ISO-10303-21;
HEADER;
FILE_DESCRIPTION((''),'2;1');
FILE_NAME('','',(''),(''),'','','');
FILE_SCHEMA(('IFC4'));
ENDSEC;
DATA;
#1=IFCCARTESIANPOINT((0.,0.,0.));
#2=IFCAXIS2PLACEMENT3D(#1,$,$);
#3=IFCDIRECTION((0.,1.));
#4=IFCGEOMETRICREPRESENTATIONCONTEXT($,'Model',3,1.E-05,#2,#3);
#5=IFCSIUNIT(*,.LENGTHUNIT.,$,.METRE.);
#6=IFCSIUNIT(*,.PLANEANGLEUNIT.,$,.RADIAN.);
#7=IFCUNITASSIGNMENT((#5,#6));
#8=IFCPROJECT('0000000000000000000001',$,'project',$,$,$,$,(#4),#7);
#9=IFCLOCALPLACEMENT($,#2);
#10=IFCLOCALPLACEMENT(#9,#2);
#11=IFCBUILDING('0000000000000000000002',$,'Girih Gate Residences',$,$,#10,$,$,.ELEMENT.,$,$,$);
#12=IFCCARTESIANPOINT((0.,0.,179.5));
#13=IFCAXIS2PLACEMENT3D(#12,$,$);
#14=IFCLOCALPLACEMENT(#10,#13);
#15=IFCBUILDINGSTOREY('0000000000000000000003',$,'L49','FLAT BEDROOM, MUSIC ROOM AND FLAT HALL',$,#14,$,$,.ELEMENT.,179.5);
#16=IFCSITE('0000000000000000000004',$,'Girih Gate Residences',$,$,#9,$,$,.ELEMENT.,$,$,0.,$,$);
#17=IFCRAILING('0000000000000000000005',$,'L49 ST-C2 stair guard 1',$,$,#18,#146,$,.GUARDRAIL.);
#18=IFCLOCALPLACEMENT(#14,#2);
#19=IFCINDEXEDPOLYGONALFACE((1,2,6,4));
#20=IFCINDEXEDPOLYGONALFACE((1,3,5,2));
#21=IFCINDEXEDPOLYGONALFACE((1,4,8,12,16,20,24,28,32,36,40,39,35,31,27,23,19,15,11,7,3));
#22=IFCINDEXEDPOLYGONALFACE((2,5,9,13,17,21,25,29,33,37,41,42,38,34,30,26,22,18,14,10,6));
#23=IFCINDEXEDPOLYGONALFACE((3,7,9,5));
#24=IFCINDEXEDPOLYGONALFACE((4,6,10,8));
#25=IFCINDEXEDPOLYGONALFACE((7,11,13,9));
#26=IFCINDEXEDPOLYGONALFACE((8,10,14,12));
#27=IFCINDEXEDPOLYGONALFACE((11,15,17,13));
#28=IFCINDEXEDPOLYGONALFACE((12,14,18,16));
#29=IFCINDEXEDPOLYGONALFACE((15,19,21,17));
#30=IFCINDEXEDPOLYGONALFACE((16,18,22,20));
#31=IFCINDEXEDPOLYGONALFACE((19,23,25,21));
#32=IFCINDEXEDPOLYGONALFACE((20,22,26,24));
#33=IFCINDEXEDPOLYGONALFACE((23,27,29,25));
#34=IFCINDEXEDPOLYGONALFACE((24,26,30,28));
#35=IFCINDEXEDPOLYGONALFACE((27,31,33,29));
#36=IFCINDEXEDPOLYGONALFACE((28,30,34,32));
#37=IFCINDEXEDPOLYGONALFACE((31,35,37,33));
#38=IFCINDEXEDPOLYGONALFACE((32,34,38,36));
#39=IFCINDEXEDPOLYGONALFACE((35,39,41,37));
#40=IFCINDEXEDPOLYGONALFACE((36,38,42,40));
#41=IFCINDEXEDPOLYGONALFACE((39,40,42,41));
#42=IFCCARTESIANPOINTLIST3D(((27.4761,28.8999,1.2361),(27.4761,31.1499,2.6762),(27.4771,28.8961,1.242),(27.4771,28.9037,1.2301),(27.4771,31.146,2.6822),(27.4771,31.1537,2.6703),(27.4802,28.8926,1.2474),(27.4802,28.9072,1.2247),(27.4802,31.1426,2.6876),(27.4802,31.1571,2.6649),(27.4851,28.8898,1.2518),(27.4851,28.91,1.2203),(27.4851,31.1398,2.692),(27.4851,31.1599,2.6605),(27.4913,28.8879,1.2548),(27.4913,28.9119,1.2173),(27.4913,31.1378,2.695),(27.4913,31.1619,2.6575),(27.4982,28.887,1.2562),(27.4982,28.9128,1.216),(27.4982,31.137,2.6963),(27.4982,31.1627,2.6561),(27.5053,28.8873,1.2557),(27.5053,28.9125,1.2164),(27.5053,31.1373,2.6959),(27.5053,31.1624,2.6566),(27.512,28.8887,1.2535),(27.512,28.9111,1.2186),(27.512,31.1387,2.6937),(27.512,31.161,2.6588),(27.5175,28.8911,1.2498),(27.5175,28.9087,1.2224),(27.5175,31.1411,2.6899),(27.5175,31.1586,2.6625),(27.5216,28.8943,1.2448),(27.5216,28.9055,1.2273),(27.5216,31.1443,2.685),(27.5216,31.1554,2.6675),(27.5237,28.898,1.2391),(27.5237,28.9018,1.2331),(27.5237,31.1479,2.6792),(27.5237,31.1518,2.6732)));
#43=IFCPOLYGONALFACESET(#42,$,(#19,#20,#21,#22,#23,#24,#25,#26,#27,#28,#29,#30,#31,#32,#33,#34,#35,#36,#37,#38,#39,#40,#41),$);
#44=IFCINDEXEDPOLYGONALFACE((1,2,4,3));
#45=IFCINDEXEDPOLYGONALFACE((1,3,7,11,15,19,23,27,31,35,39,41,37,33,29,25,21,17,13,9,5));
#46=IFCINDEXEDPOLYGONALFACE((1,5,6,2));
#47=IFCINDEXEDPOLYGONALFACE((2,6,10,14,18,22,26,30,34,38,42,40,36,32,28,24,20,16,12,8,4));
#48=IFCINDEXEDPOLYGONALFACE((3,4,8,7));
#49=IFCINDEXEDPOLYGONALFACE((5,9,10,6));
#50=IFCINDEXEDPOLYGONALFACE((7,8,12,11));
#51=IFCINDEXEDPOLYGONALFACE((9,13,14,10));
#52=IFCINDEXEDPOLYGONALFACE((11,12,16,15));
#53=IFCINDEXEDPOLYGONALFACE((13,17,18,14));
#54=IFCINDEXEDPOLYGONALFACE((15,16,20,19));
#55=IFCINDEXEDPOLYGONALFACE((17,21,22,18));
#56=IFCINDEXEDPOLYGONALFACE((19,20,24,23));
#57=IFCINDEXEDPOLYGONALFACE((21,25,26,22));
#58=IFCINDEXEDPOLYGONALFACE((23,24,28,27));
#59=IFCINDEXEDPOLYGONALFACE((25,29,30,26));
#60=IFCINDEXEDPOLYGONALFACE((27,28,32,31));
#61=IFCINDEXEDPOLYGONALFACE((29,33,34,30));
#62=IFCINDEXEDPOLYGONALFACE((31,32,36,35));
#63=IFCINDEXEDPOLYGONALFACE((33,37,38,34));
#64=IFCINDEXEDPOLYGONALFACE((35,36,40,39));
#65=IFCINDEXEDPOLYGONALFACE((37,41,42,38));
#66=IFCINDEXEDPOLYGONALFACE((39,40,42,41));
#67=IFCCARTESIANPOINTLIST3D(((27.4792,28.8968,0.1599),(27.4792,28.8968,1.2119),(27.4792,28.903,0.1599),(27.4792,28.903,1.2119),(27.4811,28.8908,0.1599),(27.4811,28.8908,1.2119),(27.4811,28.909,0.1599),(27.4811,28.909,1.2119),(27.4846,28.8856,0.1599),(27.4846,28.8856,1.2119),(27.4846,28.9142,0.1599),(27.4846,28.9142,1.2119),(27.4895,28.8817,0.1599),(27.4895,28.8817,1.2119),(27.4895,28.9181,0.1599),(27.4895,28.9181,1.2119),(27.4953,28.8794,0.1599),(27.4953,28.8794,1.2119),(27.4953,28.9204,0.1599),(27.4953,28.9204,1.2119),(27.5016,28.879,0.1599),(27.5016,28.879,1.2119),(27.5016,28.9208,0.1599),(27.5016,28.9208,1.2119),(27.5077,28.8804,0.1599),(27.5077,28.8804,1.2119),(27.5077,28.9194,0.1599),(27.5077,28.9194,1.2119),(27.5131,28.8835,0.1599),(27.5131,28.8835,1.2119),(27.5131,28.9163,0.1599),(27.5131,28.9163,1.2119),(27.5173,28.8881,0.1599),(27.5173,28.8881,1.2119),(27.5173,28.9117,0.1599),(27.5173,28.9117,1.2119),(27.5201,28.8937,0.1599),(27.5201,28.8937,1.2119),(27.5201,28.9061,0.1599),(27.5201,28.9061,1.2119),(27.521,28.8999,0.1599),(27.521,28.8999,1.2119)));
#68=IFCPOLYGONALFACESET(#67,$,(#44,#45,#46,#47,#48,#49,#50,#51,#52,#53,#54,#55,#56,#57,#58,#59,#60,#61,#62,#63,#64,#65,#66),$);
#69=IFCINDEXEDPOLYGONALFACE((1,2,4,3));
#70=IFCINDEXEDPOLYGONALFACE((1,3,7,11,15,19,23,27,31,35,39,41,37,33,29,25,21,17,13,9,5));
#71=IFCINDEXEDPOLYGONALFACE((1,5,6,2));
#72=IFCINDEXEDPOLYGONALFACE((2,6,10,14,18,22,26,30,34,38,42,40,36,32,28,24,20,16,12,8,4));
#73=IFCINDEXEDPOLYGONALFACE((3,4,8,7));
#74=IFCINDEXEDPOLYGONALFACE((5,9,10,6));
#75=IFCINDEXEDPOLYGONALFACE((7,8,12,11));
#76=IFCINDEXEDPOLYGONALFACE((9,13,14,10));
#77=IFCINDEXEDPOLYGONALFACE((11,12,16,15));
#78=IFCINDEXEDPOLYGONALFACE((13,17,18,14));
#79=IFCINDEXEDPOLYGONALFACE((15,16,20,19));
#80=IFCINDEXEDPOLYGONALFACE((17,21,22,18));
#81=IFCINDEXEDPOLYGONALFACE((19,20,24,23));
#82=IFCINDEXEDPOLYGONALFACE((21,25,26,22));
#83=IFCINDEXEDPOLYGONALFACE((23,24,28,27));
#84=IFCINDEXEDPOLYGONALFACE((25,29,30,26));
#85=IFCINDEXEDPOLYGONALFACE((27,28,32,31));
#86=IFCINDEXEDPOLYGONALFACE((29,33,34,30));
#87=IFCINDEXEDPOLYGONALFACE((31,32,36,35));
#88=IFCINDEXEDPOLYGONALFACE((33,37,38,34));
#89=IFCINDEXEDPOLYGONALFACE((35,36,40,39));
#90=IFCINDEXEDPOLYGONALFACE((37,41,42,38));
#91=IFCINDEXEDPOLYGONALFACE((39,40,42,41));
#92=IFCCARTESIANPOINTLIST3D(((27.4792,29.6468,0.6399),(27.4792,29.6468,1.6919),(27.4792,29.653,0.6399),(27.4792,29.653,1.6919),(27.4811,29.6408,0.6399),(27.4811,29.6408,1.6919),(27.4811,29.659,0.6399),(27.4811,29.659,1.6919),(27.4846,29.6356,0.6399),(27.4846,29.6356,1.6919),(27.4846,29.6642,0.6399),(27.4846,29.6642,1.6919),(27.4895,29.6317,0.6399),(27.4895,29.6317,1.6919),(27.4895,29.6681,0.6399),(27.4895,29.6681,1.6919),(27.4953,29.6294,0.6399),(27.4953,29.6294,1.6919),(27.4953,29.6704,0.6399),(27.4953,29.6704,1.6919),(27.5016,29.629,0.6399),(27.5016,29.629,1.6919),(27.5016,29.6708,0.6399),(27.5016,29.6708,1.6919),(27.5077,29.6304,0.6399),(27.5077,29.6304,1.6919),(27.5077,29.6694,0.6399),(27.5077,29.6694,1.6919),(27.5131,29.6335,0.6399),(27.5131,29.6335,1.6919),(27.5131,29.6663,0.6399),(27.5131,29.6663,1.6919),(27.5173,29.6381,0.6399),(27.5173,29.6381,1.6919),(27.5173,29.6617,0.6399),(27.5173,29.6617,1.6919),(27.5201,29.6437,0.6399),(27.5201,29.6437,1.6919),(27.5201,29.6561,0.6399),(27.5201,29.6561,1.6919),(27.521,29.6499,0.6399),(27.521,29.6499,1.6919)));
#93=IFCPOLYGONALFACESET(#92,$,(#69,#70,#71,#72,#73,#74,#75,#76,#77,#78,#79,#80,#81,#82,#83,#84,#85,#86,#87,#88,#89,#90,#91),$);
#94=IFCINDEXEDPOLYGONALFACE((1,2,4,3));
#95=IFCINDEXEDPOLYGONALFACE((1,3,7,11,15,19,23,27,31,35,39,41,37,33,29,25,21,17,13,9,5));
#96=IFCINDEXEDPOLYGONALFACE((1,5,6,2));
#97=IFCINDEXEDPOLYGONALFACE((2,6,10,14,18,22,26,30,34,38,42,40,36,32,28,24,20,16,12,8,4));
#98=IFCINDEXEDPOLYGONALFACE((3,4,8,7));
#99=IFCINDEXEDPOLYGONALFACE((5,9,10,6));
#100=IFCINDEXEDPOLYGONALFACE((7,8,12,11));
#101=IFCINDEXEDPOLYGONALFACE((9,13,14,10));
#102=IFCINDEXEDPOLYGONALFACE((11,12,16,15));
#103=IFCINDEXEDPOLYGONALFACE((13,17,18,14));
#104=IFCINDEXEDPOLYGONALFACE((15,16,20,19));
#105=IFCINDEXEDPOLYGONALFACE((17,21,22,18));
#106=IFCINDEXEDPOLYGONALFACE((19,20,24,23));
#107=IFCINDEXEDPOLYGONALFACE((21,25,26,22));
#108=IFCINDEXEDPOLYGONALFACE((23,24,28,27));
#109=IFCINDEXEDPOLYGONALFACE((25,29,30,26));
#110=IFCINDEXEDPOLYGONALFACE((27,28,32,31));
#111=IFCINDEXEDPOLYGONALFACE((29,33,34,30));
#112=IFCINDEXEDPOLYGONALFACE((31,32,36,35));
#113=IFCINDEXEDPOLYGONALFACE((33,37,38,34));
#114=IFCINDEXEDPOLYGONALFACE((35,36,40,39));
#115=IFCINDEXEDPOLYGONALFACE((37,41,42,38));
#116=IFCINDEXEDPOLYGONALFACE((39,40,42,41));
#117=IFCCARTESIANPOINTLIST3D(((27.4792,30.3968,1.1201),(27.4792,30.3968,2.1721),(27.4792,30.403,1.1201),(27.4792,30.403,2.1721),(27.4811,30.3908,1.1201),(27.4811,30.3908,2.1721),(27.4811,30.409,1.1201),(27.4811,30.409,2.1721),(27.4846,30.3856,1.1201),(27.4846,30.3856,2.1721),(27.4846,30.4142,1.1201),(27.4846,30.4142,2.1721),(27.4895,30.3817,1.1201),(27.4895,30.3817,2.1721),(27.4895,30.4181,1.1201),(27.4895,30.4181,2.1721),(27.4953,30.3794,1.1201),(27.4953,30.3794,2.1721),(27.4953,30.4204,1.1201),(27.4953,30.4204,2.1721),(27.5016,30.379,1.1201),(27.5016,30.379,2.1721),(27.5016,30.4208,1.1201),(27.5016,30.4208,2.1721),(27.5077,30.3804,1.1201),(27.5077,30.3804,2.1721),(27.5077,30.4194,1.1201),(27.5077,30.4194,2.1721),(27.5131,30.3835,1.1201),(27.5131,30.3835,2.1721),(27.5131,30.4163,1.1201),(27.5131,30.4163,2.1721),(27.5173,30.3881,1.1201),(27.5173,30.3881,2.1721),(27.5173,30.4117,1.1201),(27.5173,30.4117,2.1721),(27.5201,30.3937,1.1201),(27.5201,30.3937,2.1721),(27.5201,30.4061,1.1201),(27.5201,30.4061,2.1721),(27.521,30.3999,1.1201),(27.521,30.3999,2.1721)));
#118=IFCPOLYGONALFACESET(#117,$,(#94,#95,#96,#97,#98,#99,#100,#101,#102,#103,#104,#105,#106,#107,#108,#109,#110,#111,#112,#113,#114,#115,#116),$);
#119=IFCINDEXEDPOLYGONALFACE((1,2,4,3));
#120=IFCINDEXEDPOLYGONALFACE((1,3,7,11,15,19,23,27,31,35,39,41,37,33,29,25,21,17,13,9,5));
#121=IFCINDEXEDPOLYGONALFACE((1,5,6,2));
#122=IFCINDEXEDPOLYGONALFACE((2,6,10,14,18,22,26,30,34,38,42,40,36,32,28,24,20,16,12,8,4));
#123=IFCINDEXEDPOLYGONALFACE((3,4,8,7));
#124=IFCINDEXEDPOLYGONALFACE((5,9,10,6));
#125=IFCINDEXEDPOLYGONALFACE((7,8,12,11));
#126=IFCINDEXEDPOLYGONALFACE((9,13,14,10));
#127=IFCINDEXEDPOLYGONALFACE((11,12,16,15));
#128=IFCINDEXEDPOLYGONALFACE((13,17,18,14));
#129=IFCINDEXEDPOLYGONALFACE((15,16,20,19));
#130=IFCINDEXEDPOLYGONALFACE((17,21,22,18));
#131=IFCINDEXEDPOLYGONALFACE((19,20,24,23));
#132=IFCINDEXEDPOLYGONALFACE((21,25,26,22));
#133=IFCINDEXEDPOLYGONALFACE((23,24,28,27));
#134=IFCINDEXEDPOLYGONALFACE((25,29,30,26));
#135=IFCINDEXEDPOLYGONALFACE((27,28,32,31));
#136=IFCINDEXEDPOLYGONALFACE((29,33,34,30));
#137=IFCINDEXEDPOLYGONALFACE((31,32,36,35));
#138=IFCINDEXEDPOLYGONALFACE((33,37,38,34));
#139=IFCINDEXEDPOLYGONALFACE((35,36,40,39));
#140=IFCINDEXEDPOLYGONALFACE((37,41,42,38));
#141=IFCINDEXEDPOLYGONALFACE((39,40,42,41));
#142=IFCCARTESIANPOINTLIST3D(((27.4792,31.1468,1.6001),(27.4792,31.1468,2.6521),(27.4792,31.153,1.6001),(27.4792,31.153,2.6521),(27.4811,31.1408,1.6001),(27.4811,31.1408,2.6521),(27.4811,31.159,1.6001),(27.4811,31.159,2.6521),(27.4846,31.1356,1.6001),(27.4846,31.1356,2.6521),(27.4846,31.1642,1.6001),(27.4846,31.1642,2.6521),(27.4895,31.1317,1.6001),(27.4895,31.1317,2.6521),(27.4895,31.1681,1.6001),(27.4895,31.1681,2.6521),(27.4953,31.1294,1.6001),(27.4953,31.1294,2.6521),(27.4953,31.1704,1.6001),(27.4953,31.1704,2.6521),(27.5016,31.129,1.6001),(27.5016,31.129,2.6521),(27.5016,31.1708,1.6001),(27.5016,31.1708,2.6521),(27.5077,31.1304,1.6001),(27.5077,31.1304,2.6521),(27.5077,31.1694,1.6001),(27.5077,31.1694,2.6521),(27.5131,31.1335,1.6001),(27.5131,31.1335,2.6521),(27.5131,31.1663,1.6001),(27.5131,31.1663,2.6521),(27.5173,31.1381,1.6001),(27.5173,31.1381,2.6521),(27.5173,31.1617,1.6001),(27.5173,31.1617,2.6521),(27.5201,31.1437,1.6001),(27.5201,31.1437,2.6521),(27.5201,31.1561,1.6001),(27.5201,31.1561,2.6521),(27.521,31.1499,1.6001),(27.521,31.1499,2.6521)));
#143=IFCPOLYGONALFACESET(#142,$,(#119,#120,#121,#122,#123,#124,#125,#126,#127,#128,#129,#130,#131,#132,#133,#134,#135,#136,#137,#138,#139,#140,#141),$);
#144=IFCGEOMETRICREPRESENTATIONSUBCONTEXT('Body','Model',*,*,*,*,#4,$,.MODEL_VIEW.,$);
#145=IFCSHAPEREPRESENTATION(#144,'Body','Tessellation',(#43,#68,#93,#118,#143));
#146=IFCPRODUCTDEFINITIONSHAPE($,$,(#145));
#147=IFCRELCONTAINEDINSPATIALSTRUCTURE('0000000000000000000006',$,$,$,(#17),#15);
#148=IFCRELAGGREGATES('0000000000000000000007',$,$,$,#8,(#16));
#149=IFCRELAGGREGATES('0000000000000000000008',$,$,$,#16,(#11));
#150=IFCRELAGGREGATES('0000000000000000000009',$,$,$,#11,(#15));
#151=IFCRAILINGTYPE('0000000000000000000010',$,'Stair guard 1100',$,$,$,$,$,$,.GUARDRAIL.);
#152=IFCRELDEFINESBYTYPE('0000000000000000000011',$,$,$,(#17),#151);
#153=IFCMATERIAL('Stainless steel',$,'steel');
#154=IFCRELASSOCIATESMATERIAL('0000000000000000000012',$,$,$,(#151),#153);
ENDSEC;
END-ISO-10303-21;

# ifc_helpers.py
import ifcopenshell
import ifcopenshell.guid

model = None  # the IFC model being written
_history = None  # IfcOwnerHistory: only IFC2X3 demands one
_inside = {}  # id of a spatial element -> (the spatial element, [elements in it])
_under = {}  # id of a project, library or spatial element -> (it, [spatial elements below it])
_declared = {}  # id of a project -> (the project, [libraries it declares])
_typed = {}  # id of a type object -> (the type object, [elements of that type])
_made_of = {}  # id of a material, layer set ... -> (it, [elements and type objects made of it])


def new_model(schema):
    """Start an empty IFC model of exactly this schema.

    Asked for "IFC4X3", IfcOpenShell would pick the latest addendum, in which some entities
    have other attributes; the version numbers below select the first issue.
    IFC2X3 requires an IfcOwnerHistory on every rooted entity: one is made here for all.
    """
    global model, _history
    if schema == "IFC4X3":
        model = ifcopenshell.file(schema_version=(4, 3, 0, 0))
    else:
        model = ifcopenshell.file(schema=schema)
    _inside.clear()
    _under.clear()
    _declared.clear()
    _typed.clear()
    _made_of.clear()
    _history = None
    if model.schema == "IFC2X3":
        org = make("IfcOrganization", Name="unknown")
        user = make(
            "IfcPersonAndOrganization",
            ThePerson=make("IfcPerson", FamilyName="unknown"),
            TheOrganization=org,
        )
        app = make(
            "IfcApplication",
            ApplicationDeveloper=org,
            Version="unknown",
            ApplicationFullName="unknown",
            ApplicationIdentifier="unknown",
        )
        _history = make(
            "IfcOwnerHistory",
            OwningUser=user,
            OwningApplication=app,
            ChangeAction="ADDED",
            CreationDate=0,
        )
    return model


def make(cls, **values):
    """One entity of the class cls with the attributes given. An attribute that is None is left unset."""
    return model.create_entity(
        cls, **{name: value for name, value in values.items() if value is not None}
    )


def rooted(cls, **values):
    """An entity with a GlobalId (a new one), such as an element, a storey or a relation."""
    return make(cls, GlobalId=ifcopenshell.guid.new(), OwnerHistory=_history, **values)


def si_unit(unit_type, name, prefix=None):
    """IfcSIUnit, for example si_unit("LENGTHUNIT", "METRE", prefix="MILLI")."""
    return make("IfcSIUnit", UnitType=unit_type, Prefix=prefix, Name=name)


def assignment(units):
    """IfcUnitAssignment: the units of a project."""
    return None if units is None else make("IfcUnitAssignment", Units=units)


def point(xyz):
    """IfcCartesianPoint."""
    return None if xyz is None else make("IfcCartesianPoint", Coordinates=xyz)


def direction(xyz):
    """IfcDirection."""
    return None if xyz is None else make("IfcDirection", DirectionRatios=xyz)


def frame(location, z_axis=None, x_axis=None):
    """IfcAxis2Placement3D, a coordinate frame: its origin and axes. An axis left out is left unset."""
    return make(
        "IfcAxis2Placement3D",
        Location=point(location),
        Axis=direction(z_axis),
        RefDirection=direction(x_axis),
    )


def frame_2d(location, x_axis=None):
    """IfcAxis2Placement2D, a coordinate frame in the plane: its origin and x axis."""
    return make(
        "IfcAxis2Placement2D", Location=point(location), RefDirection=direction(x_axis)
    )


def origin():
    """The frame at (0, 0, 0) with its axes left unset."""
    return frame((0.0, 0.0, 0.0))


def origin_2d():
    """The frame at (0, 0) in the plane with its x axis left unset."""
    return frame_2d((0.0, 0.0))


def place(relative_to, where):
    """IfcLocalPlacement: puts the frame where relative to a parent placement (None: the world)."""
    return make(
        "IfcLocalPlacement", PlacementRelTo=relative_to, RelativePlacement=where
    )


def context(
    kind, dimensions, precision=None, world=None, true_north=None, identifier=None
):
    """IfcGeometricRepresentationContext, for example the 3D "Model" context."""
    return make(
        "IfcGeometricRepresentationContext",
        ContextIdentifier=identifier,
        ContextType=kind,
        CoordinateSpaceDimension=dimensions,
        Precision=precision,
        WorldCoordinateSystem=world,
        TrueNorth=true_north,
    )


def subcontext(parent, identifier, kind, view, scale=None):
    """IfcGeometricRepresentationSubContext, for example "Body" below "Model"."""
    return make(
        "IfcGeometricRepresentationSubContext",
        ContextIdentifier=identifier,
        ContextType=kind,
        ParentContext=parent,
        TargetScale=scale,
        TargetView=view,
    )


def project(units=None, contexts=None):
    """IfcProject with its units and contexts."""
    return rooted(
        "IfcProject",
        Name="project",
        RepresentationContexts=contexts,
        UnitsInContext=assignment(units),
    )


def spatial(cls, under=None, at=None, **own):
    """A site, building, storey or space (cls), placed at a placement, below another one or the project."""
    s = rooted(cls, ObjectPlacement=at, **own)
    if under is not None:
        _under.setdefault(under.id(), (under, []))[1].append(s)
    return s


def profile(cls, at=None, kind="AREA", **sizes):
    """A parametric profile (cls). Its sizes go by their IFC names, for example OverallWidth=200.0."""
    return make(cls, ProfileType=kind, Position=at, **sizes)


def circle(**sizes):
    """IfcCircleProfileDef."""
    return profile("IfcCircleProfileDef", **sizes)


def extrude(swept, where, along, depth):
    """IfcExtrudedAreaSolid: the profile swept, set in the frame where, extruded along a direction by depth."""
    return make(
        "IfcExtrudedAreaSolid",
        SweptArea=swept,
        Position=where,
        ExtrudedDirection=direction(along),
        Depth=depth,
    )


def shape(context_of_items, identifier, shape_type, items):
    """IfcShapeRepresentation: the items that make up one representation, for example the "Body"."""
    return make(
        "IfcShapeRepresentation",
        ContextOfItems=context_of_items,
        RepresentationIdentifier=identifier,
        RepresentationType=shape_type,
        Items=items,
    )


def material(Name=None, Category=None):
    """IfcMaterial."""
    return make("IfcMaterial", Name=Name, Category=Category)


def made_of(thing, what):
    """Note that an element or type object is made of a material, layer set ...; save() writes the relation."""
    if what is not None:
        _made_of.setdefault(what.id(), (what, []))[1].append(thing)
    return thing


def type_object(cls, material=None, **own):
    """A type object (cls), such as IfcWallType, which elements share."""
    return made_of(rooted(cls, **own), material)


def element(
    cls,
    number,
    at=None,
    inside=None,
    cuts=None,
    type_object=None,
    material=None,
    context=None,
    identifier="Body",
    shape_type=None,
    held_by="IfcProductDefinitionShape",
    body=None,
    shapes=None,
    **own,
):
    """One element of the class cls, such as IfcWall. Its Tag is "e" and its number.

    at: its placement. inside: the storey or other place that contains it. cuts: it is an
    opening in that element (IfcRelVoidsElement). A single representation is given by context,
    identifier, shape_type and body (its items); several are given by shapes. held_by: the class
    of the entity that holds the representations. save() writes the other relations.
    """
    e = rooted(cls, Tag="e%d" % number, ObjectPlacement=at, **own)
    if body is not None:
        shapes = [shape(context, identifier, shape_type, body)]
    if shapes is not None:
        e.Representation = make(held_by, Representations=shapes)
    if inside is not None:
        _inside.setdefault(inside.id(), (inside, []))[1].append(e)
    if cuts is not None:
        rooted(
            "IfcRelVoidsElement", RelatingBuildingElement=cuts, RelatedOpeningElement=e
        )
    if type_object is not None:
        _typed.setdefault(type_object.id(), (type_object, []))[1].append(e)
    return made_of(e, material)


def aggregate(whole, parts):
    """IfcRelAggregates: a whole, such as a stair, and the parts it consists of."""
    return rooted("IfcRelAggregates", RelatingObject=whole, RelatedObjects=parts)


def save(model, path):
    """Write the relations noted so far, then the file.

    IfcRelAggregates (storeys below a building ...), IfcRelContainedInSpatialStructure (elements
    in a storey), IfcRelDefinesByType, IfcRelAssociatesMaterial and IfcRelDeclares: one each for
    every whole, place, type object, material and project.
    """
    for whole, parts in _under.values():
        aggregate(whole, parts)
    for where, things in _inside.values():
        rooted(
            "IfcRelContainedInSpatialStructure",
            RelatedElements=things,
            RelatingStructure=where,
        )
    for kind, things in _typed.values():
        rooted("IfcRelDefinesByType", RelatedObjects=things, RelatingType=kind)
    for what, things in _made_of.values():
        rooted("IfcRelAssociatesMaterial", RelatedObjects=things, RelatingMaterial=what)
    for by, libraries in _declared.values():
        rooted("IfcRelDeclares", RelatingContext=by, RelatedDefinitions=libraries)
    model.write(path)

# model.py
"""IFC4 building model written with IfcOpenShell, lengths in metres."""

from ifc_helpers import new_model, si_unit, direction, frame, origin, origin_2d, place, context, subcontext, project, spatial, circle, extrude, material, type_object, element, save


model = new_model("IFC4")

# Units and contexts
model_context = context("Model", 3, precision=1e-05, world=origin(), true_north=direction((0.0, 1.0)))
body_context = subcontext(model_context, "Body", "Model", "MODEL_VIEW")
ifc_project = project(units=[si_unit("LENGTHUNIT", "METRE"), si_unit("PLANEANGLEUNIT", "RADIAN")], contexts=[model_context])

# Site, building, storey
site_placement = place(None, origin())
site = spatial("IfcSite", under=ifc_project, at=site_placement, Name="Girih Gate Residences", CompositionType="ELEMENT", RefElevation=0.0)
building_placement = place(site_placement, origin())
building = spatial("IfcBuilding", under=site, at=building_placement, Name="Girih Gate Residences", CompositionType="ELEMENT")
storey_placement = place(building_placement, frame((0.0, 0.0, 179.5)))
storey = spatial("IfcBuildingStorey", under=building, at=storey_placement, Name="L49", Description="FLAT BEDROOM, MUSIC ROOM AND FLAT HALL", CompositionType="ELEMENT", Elevation=179.5)

# Railing
ifc_material_1 = material(Name="Stainless steel", Category="steel")
railing_type_1 = type_object("IfcRailingType", Name="Stair guard 1100", PredefinedType="GUARDRAIL", material=ifc_material_1)
railing_1_placement = place(storey_placement, frame((27.5, 28.8999, 0.1599)))
element("IfcRailing", 1, at=railing_1_placement, inside=storey, type_object=railing_type_1, Name="L49 ST-C2 stair guard 1", PredefinedType="GUARDRAIL", context=body_context, shape_type="SweptSolid", body=[
    extrude(circle(Radius=0.0239, at=origin_2d()), frame((0.0, 0.0, 1.0762), z_axis=(0.0, 0.84224, 0.539103), x_axis=(-1.0, 0.0, 0.0)), (0.0, 0.0, 1.0), 2.6714),
    extrude(circle(Radius=0.021, at=origin_2d()), origin(), (0.0, 0.0, 1.0), 1.052),
    extrude(circle(Radius=0.021, at=origin_2d()), frame((0.0, 0.75, 0.48)), (0.0, 0.0, 1.0), 1.052),
    extrude(circle(Radius=0.021, at=origin_2d()), frame((0.0, 1.5, 0.9602)), (0.0, 0.0, 1.0), 1.052),
    extrude(circle(Radius=0.021, at=origin_2d()), frame((0.0, 2.25, 1.4402)), (0.0, 0.0, 1.0), 1.052),
])

save(model, "model.ifc")
